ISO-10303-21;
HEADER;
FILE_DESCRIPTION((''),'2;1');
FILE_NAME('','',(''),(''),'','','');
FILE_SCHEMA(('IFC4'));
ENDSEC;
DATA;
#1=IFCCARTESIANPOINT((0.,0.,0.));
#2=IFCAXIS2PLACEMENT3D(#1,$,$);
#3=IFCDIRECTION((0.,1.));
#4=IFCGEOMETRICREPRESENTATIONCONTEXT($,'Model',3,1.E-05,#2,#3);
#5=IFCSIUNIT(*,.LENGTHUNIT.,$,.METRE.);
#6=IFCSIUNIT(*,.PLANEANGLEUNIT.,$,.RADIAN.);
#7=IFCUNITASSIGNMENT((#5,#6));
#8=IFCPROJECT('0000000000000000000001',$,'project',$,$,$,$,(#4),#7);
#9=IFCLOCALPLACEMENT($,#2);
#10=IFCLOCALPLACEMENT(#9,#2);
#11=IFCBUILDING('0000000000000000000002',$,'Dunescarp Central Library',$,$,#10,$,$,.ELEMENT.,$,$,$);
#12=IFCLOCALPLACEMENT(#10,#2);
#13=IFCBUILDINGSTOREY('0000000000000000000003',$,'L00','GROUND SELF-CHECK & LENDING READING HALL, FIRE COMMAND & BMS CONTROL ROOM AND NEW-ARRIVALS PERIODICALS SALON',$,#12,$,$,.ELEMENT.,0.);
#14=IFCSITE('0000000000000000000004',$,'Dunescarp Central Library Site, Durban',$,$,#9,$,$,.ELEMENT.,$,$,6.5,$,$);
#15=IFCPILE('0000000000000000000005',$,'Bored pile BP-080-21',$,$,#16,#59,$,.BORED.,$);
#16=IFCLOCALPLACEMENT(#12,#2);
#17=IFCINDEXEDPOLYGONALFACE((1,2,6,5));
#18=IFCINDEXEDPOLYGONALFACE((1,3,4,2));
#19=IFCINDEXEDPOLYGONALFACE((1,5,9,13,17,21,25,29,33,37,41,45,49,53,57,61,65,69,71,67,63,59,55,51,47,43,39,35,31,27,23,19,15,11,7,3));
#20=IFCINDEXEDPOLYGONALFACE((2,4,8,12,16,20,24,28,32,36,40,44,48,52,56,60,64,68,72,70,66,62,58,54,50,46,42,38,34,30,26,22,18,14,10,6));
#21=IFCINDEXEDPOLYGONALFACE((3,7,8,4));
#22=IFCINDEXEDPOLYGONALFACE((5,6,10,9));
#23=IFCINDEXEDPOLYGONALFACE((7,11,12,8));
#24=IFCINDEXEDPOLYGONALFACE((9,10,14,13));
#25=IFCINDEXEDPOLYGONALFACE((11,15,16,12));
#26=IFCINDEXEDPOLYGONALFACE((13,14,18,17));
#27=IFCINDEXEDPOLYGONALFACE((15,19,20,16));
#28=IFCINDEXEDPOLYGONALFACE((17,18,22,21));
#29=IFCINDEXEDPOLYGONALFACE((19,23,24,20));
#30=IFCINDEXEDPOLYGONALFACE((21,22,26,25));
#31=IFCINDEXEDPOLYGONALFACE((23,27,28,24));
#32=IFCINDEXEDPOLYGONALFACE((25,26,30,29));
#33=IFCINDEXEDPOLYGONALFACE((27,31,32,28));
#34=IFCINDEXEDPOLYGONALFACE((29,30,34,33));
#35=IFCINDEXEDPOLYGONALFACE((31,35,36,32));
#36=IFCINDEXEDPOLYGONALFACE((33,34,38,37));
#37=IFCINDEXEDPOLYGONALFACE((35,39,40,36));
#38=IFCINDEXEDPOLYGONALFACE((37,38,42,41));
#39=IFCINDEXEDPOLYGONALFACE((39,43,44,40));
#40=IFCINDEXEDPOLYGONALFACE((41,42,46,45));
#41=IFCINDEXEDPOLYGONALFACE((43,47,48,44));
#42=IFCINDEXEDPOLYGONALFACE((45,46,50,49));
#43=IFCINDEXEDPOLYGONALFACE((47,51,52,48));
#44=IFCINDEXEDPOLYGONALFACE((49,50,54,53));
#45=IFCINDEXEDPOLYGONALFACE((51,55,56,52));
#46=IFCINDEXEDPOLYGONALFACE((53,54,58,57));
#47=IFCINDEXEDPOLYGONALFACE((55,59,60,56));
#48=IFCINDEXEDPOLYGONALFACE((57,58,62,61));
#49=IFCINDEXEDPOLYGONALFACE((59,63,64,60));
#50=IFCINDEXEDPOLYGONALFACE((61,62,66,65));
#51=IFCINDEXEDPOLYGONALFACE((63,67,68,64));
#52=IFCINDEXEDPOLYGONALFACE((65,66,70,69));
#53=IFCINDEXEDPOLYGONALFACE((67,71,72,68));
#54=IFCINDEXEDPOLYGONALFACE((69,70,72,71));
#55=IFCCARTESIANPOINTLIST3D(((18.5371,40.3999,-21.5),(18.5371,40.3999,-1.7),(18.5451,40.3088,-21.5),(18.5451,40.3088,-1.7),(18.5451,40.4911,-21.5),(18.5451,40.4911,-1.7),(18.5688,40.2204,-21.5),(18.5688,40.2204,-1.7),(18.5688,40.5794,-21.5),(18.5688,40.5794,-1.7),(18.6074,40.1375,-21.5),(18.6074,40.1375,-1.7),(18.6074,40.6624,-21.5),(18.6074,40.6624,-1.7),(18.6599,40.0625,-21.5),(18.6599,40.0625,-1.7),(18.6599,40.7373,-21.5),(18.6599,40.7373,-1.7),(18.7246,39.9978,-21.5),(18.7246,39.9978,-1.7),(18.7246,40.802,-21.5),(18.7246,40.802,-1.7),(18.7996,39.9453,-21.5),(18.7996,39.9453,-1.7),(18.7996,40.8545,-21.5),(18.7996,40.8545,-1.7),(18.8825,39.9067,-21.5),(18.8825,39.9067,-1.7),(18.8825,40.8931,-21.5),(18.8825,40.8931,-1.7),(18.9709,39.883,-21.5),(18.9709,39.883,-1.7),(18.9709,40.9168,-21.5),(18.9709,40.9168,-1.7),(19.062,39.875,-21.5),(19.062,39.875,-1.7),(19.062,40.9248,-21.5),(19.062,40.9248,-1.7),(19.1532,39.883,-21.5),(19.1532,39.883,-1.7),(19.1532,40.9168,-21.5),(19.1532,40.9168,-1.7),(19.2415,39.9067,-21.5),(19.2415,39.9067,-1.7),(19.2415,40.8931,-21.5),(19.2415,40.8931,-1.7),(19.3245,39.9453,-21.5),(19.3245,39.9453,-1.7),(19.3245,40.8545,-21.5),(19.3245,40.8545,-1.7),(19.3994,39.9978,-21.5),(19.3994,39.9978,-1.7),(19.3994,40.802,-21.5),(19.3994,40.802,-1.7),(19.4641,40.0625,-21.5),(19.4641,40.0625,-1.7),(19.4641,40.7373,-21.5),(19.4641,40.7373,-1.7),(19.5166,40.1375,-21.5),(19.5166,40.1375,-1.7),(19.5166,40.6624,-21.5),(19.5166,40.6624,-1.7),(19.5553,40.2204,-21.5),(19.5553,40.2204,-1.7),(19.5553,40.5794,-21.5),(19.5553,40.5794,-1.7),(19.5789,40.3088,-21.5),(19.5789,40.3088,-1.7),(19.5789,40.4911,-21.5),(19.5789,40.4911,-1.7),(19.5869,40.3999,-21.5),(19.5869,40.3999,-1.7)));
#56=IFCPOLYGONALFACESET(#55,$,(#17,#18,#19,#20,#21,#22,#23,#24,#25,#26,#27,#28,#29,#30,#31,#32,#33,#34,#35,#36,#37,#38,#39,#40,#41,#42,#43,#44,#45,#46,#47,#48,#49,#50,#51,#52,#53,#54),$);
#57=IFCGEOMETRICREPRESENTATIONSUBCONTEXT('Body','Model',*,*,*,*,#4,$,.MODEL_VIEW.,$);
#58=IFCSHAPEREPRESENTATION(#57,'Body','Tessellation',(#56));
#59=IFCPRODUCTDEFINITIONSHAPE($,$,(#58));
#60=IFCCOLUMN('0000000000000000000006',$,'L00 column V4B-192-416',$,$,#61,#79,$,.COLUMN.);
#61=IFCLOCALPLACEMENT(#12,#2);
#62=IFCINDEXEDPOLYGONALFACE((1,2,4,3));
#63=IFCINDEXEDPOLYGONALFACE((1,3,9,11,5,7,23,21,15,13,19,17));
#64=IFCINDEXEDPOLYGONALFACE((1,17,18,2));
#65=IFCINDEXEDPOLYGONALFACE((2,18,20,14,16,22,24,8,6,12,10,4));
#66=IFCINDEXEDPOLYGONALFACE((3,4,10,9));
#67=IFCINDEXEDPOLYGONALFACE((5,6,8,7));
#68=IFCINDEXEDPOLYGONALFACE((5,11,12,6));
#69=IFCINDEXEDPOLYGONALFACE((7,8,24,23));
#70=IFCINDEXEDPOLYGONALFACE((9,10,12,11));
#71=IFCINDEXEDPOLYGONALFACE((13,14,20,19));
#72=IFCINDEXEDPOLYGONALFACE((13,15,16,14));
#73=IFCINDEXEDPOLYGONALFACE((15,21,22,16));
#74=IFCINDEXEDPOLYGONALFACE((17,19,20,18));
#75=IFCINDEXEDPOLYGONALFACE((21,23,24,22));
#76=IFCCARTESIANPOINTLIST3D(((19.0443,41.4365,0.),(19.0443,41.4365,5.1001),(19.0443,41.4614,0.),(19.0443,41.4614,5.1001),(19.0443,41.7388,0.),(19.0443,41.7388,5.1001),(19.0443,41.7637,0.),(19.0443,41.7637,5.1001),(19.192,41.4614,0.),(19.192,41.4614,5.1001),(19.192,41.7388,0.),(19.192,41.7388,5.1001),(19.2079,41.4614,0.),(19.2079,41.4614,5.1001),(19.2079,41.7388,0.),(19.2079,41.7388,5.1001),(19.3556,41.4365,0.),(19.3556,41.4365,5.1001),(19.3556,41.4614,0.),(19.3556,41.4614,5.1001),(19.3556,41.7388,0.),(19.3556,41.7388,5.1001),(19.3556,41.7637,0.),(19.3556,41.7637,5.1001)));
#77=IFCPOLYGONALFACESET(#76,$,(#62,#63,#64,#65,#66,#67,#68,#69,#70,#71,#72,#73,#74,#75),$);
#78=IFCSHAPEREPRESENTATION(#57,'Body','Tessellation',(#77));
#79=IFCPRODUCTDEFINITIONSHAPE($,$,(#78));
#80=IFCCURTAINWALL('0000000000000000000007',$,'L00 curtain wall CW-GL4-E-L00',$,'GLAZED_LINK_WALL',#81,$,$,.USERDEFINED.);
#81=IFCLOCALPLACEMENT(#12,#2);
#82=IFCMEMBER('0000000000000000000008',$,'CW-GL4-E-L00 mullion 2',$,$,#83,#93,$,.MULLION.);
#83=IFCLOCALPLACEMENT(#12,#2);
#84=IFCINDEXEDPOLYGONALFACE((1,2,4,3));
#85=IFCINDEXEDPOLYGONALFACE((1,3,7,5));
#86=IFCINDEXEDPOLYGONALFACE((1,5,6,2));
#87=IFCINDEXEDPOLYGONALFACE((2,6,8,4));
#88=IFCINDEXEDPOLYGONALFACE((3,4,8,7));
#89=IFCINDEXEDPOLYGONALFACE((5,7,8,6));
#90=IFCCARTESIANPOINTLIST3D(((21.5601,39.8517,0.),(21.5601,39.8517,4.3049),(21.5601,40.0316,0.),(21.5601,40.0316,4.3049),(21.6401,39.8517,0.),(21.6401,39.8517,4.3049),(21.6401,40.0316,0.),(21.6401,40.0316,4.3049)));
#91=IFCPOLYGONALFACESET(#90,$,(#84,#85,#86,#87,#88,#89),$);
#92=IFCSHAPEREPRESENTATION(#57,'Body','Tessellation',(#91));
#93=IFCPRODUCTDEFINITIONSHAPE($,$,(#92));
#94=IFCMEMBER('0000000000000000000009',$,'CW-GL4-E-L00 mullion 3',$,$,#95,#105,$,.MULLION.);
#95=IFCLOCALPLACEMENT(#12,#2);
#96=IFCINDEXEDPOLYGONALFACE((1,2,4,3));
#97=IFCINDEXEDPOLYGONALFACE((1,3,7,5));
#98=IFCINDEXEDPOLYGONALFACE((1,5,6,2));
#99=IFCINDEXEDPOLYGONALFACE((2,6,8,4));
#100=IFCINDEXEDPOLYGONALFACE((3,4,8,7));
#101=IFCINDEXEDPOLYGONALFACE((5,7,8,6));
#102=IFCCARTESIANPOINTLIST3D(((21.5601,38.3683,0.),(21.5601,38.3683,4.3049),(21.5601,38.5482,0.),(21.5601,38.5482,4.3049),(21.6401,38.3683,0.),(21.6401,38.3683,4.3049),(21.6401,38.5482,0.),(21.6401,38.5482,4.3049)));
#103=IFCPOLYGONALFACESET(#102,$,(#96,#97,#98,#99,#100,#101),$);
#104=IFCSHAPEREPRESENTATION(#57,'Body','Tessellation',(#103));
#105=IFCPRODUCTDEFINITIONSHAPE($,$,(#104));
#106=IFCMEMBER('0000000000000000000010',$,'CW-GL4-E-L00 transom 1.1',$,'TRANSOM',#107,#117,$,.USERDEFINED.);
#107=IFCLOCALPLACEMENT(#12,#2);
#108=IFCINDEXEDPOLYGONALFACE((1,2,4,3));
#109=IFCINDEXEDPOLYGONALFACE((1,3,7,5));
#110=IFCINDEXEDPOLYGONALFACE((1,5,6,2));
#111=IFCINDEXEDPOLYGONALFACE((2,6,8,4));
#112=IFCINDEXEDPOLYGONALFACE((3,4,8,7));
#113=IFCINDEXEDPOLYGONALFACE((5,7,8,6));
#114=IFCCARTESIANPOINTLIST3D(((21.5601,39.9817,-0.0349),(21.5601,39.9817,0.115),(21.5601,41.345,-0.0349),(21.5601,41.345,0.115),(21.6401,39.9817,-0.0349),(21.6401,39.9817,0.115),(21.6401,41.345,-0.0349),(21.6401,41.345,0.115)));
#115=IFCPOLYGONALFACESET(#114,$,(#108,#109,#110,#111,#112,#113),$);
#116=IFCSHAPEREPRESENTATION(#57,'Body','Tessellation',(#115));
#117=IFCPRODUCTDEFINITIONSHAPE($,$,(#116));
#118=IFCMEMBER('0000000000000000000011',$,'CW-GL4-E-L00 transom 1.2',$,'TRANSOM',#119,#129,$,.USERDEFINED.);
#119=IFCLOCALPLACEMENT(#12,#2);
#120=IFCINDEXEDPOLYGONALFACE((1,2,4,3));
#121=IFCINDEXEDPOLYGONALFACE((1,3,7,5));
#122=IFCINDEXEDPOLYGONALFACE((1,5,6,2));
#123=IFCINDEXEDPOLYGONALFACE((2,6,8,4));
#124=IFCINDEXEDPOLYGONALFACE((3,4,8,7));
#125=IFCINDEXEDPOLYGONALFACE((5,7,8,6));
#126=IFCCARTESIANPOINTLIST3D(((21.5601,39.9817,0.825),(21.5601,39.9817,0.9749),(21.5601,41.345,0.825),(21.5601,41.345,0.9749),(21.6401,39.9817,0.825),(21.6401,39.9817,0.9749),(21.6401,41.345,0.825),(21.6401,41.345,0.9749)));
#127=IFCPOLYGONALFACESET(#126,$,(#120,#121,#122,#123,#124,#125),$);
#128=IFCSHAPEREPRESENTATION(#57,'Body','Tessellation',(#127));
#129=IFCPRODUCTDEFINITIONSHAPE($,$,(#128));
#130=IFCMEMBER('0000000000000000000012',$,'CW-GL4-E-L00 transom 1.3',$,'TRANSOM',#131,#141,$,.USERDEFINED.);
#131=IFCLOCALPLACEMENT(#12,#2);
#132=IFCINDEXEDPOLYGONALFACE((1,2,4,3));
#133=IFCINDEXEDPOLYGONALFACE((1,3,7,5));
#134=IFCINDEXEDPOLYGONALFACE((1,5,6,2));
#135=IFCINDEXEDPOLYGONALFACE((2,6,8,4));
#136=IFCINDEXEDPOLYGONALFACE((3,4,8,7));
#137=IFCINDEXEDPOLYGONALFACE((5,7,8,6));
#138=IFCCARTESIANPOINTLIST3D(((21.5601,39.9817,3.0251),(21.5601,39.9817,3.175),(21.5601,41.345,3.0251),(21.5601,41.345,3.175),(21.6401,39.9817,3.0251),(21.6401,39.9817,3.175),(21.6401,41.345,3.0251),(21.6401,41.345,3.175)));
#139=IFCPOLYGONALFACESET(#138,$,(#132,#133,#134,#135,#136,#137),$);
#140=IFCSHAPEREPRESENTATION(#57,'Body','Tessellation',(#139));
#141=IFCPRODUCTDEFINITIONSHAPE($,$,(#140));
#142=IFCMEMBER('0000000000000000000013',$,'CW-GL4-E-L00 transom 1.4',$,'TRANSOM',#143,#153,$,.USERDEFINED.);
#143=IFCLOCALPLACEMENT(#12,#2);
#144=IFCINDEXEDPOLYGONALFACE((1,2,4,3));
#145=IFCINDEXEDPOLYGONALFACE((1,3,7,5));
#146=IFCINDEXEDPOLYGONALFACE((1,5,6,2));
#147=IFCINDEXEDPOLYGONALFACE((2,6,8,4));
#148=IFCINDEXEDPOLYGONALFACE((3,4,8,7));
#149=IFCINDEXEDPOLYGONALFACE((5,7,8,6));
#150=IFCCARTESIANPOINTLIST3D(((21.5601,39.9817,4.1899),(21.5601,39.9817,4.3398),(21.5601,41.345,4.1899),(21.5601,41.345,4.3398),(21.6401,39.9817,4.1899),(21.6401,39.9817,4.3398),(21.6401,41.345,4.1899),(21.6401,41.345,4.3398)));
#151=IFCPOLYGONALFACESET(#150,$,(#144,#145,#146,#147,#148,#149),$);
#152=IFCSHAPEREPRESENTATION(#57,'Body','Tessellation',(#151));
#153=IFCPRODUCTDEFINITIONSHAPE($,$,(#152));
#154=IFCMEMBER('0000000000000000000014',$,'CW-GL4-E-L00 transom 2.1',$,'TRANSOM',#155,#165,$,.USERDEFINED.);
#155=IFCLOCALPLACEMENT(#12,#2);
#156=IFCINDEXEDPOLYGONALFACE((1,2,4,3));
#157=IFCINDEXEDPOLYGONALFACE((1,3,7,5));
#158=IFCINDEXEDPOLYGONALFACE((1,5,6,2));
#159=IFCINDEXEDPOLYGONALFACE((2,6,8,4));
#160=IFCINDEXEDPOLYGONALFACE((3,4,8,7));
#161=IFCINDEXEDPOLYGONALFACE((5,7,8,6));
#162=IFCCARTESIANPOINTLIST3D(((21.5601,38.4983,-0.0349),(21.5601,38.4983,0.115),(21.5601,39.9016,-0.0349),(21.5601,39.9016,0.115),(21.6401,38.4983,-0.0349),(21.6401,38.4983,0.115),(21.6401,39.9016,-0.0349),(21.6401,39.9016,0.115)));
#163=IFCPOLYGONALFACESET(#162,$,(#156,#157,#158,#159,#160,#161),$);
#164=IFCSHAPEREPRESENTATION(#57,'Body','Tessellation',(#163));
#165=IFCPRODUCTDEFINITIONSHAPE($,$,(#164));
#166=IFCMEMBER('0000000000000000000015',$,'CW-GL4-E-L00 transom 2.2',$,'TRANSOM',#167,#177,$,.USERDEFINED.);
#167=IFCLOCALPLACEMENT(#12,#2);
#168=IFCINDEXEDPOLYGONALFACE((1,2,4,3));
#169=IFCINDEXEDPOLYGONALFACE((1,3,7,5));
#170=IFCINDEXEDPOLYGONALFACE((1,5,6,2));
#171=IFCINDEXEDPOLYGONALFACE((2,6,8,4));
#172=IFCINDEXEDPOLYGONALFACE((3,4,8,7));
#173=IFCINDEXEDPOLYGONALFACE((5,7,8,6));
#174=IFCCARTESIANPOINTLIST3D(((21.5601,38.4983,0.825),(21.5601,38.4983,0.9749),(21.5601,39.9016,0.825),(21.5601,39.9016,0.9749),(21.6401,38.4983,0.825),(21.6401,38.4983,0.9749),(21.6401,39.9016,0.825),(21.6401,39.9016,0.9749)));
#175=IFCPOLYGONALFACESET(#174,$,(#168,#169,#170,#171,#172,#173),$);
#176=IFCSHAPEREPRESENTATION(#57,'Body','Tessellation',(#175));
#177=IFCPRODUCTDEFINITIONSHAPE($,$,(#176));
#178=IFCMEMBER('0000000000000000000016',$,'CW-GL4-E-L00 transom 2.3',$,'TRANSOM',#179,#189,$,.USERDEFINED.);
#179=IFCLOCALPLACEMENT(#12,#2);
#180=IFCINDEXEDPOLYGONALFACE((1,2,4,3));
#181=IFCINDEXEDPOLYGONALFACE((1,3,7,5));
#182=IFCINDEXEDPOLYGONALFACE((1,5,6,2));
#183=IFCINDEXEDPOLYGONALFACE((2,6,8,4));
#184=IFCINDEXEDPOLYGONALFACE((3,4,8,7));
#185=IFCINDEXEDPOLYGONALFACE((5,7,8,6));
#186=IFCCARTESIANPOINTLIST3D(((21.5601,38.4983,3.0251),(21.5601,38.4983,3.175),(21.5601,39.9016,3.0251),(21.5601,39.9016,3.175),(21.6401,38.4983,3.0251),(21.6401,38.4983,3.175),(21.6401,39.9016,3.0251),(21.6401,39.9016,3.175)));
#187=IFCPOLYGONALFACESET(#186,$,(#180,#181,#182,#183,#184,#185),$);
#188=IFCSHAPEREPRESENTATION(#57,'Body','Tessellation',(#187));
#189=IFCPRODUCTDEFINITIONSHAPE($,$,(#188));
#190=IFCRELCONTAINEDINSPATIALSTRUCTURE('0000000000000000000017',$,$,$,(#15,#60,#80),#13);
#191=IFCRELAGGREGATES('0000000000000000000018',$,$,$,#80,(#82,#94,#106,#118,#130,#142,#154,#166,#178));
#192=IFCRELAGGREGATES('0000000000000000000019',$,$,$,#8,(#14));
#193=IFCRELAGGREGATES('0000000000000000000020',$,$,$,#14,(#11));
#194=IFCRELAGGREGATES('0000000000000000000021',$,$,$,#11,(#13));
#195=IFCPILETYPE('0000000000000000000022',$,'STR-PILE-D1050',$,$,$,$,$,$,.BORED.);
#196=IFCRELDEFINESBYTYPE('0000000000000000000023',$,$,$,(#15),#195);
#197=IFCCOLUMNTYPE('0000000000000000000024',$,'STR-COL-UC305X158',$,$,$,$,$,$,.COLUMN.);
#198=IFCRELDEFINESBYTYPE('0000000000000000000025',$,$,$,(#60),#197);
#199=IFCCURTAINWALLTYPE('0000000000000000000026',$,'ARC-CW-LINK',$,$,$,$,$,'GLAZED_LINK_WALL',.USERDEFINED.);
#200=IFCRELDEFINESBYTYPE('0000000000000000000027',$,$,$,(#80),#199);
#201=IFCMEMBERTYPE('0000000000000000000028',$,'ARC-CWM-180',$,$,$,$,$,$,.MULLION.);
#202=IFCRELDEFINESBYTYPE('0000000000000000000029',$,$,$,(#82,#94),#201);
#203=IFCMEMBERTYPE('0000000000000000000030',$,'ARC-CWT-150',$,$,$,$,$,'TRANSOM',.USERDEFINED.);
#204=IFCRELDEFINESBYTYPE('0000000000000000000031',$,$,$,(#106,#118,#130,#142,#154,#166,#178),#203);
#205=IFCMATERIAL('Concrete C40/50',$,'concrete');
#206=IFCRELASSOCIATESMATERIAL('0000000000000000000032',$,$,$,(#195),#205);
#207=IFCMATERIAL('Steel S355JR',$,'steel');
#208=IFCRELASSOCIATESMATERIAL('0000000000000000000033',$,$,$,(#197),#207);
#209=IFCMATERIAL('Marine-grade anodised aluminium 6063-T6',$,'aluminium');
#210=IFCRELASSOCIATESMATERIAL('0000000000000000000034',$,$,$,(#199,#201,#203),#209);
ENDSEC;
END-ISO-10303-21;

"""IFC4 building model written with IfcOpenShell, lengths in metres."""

from ifc_helpers import new_model, si_unit, direction, frame, origin, origin_2d, place, context, subcontext, project, spatial, rectangle, circle, i_section, extrude, material, material_profile, profile_set, type_object, element, aggregate, save


model = new_model("IFC4")

# Units and contexts
model_context = context("Model", 3, precision=1e-05, world=origin(), true_north=direction((0.0, 1.0)))
body_context = subcontext(model_context, "Body", "Model", "MODEL_VIEW")
ifc_project = project(units=[si_unit("LENGTHUNIT", "METRE"), si_unit("PLANEANGLEUNIT", "RADIAN")], contexts=[model_context])

# Site, building, storey
site_placement = place(None, origin())
site = spatial("IfcSite", under=ifc_project, at=site_placement, Name="Dunescarp Central Library Site, Durban", CompositionType="ELEMENT", RefElevation=6.5)
building_placement = place(site_placement, origin())
building = spatial("IfcBuilding", under=site, at=building_placement, Name="Dunescarp Central Library", CompositionType="ELEMENT")
storey_placement = place(building_placement, origin())
storey = spatial("IfcBuildingStorey", under=building, at=storey_placement, Name="L00", Description="GROUND SELF-CHECK & LENDING READING HALL, FIRE COMMAND & BMS CONTROL ROOM AND NEW-ARRIVALS PERIODICALS SALON", CompositionType="ELEMENT", Elevation=0.0)

# Pile
ifc_material_1 = material(Name="Concrete C40/50", Category="concrete")
ifc_material_profile_1 = material_profile(ifc_material_1, circle(Radius=0.5249, at=origin_2d()), Name="PILE D1050")
ifc_profile_set_1 = profile_set([ifc_material_profile_1], Name="Concrete C40/50")
pile_type = type_object("IfcPileType", Name="STR-PILE-D1050", PredefinedType="BORED", material=ifc_profile_set_1)
pile_placement = place(storey_placement, frame((19.062, 40.3999, -1.7), z_axis=(0.0, 0.0, -1.0), x_axis=(1.0, 0.0, 0.0)))
element("IfcPile", 1, at=pile_placement, inside=storey, type_object=pile_type, Name="Bored pile BP-080-21", PredefinedType="BORED", context=body_context, shape_type="SweptSolid", body=[
    extrude(circle(Radius=0.5249, at=origin_2d()), origin(), (0.0, 0.0, 1.0), 19.8),
])

# Column
ifc_material_2 = material(Name="Steel S355JR", Category="steel")
ifc_material_profile_2 = material_profile(ifc_material_2, i_section(OverallWidth=0.3113, OverallDepth=0.3271, WebThickness=0.0159, FlangeThickness=0.0249, at=origin_2d()), Name="UC 305x305x158")
ifc_profile_set_2 = profile_set([ifc_material_profile_2], Name="Steel S355JR")
column_type = type_object("IfcColumnType", Name="STR-COL-UC305X158", PredefinedType="COLUMN", material=ifc_profile_set_2)
column_placement = place(storey_placement, frame((19.2, 41.6001, 0.0), z_axis=(0.0, 0.0, 1.0), x_axis=(1.0, 0.0, 0.0)))
element("IfcColumn", 2, at=column_placement, inside=storey, type_object=column_type, Name="L00 column V4B-192-416", PredefinedType="COLUMN", context=body_context, shape_type="SweptSolid", body=[
    extrude(i_section(OverallWidth=0.3113, OverallDepth=0.3271, WebThickness=0.0159, FlangeThickness=0.0249, at=origin_2d()), origin(), (0.0, 0.0, 1.0), 5.1001),
])

# Curtain wall, members
ifc_material_3 = material(Name="Marine-grade anodised aluminium 6063-T6", Category="aluminium")
curtain_wall_type = type_object("IfcCurtainWallType", Name="ARC-CW-LINK", ElementType="GLAZED_LINK_WALL", PredefinedType="USERDEFINED", material=ifc_material_3)
curtain_wall_placement = place(storey_placement, origin())
curtain_wall = element("IfcCurtainWall", 3, at=curtain_wall_placement, inside=storey, type_object=curtain_wall_type, Name="L00 curtain wall CW-GL4-E-L00", ObjectType="GLAZED_LINK_WALL", PredefinedType="USERDEFINED")
ifc_material_profile_3 = material_profile(ifc_material_3, rectangle(XDim=0.0801, YDim=0.1799, at=origin_2d()), Name="AL 80x180")
ifc_profile_set_3 = profile_set([ifc_material_profile_3], Name="Marine-grade anodised aluminium 6063-T6")
member_type_1 = type_object("IfcMemberType", Name="ARC-CWM-180", PredefinedType="MULLION", material=ifc_profile_set_3)
member_1_placement = place(storey_placement, frame((21.6001, 39.9417, 0.0), z_axis=(0.0, 0.0, 1.0), x_axis=(1.0, 0.0, 0.0)))
member_1 = element("IfcMember", 4, at=member_1_placement, type_object=member_type_1, Name="CW-GL4-E-L00 mullion 2", PredefinedType="MULLION", context=body_context, shape_type="SweptSolid", body=[
    extrude(rectangle(XDim=0.0801, YDim=0.1799, at=origin_2d()), origin(), (0.0, 0.0, 1.0), 4.3049),
])
member_2_placement = place(storey_placement, frame((21.6001, 38.4583, 0.0), z_axis=(0.0, 0.0, 1.0), x_axis=(1.0, 0.0, 0.0)))
member_2 = element("IfcMember", 5, at=member_2_placement, type_object=member_type_1, Name="CW-GL4-E-L00 mullion 3", PredefinedType="MULLION", context=body_context, shape_type="SweptSolid", body=[
    extrude(rectangle(XDim=0.0801, YDim=0.1799, at=origin_2d()), origin(), (0.0, 0.0, 1.0), 4.3049),
])
ifc_material_profile_4 = material_profile(ifc_material_3, rectangle(XDim=0.0801, YDim=0.1499, at=origin_2d()), Name="AL 80x150")
ifc_profile_set_4 = profile_set([ifc_material_profile_4], Name="Marine-grade anodised aluminium 6063-T6")
member_type_2 = type_object("IfcMemberType", Name="ARC-CWT-150", ElementType="TRANSOM", PredefinedType="USERDEFINED", material=ifc_profile_set_4)
member_3_placement = place(storey_placement, frame((21.6001, 41.345, 0.04), z_axis=(0.0, -1.0, 0.0), x_axis=(1.0, 0.0, 0.0)))
member_3 = element("IfcMember", 6, at=member_3_placement, type_object=member_type_2, Name="CW-GL4-E-L00 transom 1.1", ObjectType="TRANSOM", PredefinedType="USERDEFINED", context=body_context, shape_type="SweptSolid", body=[
    extrude(rectangle(XDim=0.0801, YDim=0.1499, at=origin_2d()), origin(), (0.0, 0.0, 1.0), 1.3633),
])
member_4_placement = place(storey_placement, frame((21.6001, 41.345, 0.8999), z_axis=(0.0, -1.0, 0.0), x_axis=(1.0, 0.0, 0.0)))
member_4 = element("IfcMember", 7, at=member_4_placement, type_object=member_type_2, Name="CW-GL4-E-L00 transom 1.2", ObjectType="TRANSOM", PredefinedType="USERDEFINED", context=body_context, shape_type="SweptSolid", body=[
    extrude(rectangle(XDim=0.0801, YDim=0.1499, at=origin_2d()), origin(), (0.0, 0.0, 1.0), 1.3633),
])
member_5_placement = place(storey_placement, frame((21.6001, 41.345, 3.1001), z_axis=(0.0, -1.0, 0.0), x_axis=(1.0, 0.0, 0.0)))
member_5 = element("IfcMember", 8, at=member_5_placement, type_object=member_type_2, Name="CW-GL4-E-L00 transom 1.3", ObjectType="TRANSOM", PredefinedType="USERDEFINED", context=body_context, shape_type="SweptSolid", body=[
    extrude(rectangle(XDim=0.0801, YDim=0.1499, at=origin_2d()), origin(), (0.0, 0.0, 1.0), 1.3633),
])
member_6_placement = place(storey_placement, frame((21.6001, 41.345, 4.2649), z_axis=(0.0, -1.0, 0.0), x_axis=(1.0, 0.0, 0.0)))
member_6 = element("IfcMember", 9, at=member_6_placement, type_object=member_type_2, Name="CW-GL4-E-L00 transom 1.4", ObjectType="TRANSOM", PredefinedType="USERDEFINED", context=body_context, shape_type="SweptSolid", body=[
    extrude(rectangle(XDim=0.0801, YDim=0.1499, at=origin_2d()), origin(), (0.0, 0.0, 1.0), 1.3633),
])
member_7_placement = place(storey_placement, frame((21.6001, 39.9016, 0.04), z_axis=(0.0, -1.0, 0.0), x_axis=(1.0, 0.0, 0.0)))
member_7 = element("IfcMember", 10, at=member_7_placement, type_object=member_type_2, Name="CW-GL4-E-L00 transom 2.1", ObjectType="TRANSOM", PredefinedType="USERDEFINED", context=body_context, shape_type="SweptSolid", body=[
    extrude(rectangle(XDim=0.0801, YDim=0.1499, at=origin_2d()), origin(), (0.0, 0.0, 1.0), 1.4033),
])
member_8_placement = place(storey_placement, frame((21.6001, 39.9016, 0.8999), z_axis=(0.0, -1.0, 0.0), x_axis=(1.0, 0.0, 0.0)))
member_8 = element("IfcMember", 11, at=member_8_placement, type_object=member_type_2, Name="CW-GL4-E-L00 transom 2.2", ObjectType="TRANSOM", PredefinedType="USERDEFINED", context=body_context, shape_type="SweptSolid", body=[
    extrude(rectangle(XDim=0.0801, YDim=0.1499, at=origin_2d()), origin(), (0.0, 0.0, 1.0), 1.4033),
])
member_9_placement = place(storey_placement, frame((21.6001, 39.9016, 3.1001), z_axis=(0.0, -1.0, 0.0), x_axis=(1.0, 0.0, 0.0)))
member_9 = element("IfcMember", 12, at=member_9_placement, type_object=member_type_2, Name="CW-GL4-E-L00 transom 2.3", ObjectType="TRANSOM", PredefinedType="USERDEFINED", context=body_context, shape_type="SweptSolid", body=[
    extrude(rectangle(XDim=0.0801, YDim=0.1499, at=origin_2d()), origin(), (0.0, 0.0, 1.0), 1.4033),
])
aggregate(curtain_wall, [member_1, member_2, member_3, member_4, member_5, member_6, member_7, member_8, member_9])

save(model, "model.ifc")
